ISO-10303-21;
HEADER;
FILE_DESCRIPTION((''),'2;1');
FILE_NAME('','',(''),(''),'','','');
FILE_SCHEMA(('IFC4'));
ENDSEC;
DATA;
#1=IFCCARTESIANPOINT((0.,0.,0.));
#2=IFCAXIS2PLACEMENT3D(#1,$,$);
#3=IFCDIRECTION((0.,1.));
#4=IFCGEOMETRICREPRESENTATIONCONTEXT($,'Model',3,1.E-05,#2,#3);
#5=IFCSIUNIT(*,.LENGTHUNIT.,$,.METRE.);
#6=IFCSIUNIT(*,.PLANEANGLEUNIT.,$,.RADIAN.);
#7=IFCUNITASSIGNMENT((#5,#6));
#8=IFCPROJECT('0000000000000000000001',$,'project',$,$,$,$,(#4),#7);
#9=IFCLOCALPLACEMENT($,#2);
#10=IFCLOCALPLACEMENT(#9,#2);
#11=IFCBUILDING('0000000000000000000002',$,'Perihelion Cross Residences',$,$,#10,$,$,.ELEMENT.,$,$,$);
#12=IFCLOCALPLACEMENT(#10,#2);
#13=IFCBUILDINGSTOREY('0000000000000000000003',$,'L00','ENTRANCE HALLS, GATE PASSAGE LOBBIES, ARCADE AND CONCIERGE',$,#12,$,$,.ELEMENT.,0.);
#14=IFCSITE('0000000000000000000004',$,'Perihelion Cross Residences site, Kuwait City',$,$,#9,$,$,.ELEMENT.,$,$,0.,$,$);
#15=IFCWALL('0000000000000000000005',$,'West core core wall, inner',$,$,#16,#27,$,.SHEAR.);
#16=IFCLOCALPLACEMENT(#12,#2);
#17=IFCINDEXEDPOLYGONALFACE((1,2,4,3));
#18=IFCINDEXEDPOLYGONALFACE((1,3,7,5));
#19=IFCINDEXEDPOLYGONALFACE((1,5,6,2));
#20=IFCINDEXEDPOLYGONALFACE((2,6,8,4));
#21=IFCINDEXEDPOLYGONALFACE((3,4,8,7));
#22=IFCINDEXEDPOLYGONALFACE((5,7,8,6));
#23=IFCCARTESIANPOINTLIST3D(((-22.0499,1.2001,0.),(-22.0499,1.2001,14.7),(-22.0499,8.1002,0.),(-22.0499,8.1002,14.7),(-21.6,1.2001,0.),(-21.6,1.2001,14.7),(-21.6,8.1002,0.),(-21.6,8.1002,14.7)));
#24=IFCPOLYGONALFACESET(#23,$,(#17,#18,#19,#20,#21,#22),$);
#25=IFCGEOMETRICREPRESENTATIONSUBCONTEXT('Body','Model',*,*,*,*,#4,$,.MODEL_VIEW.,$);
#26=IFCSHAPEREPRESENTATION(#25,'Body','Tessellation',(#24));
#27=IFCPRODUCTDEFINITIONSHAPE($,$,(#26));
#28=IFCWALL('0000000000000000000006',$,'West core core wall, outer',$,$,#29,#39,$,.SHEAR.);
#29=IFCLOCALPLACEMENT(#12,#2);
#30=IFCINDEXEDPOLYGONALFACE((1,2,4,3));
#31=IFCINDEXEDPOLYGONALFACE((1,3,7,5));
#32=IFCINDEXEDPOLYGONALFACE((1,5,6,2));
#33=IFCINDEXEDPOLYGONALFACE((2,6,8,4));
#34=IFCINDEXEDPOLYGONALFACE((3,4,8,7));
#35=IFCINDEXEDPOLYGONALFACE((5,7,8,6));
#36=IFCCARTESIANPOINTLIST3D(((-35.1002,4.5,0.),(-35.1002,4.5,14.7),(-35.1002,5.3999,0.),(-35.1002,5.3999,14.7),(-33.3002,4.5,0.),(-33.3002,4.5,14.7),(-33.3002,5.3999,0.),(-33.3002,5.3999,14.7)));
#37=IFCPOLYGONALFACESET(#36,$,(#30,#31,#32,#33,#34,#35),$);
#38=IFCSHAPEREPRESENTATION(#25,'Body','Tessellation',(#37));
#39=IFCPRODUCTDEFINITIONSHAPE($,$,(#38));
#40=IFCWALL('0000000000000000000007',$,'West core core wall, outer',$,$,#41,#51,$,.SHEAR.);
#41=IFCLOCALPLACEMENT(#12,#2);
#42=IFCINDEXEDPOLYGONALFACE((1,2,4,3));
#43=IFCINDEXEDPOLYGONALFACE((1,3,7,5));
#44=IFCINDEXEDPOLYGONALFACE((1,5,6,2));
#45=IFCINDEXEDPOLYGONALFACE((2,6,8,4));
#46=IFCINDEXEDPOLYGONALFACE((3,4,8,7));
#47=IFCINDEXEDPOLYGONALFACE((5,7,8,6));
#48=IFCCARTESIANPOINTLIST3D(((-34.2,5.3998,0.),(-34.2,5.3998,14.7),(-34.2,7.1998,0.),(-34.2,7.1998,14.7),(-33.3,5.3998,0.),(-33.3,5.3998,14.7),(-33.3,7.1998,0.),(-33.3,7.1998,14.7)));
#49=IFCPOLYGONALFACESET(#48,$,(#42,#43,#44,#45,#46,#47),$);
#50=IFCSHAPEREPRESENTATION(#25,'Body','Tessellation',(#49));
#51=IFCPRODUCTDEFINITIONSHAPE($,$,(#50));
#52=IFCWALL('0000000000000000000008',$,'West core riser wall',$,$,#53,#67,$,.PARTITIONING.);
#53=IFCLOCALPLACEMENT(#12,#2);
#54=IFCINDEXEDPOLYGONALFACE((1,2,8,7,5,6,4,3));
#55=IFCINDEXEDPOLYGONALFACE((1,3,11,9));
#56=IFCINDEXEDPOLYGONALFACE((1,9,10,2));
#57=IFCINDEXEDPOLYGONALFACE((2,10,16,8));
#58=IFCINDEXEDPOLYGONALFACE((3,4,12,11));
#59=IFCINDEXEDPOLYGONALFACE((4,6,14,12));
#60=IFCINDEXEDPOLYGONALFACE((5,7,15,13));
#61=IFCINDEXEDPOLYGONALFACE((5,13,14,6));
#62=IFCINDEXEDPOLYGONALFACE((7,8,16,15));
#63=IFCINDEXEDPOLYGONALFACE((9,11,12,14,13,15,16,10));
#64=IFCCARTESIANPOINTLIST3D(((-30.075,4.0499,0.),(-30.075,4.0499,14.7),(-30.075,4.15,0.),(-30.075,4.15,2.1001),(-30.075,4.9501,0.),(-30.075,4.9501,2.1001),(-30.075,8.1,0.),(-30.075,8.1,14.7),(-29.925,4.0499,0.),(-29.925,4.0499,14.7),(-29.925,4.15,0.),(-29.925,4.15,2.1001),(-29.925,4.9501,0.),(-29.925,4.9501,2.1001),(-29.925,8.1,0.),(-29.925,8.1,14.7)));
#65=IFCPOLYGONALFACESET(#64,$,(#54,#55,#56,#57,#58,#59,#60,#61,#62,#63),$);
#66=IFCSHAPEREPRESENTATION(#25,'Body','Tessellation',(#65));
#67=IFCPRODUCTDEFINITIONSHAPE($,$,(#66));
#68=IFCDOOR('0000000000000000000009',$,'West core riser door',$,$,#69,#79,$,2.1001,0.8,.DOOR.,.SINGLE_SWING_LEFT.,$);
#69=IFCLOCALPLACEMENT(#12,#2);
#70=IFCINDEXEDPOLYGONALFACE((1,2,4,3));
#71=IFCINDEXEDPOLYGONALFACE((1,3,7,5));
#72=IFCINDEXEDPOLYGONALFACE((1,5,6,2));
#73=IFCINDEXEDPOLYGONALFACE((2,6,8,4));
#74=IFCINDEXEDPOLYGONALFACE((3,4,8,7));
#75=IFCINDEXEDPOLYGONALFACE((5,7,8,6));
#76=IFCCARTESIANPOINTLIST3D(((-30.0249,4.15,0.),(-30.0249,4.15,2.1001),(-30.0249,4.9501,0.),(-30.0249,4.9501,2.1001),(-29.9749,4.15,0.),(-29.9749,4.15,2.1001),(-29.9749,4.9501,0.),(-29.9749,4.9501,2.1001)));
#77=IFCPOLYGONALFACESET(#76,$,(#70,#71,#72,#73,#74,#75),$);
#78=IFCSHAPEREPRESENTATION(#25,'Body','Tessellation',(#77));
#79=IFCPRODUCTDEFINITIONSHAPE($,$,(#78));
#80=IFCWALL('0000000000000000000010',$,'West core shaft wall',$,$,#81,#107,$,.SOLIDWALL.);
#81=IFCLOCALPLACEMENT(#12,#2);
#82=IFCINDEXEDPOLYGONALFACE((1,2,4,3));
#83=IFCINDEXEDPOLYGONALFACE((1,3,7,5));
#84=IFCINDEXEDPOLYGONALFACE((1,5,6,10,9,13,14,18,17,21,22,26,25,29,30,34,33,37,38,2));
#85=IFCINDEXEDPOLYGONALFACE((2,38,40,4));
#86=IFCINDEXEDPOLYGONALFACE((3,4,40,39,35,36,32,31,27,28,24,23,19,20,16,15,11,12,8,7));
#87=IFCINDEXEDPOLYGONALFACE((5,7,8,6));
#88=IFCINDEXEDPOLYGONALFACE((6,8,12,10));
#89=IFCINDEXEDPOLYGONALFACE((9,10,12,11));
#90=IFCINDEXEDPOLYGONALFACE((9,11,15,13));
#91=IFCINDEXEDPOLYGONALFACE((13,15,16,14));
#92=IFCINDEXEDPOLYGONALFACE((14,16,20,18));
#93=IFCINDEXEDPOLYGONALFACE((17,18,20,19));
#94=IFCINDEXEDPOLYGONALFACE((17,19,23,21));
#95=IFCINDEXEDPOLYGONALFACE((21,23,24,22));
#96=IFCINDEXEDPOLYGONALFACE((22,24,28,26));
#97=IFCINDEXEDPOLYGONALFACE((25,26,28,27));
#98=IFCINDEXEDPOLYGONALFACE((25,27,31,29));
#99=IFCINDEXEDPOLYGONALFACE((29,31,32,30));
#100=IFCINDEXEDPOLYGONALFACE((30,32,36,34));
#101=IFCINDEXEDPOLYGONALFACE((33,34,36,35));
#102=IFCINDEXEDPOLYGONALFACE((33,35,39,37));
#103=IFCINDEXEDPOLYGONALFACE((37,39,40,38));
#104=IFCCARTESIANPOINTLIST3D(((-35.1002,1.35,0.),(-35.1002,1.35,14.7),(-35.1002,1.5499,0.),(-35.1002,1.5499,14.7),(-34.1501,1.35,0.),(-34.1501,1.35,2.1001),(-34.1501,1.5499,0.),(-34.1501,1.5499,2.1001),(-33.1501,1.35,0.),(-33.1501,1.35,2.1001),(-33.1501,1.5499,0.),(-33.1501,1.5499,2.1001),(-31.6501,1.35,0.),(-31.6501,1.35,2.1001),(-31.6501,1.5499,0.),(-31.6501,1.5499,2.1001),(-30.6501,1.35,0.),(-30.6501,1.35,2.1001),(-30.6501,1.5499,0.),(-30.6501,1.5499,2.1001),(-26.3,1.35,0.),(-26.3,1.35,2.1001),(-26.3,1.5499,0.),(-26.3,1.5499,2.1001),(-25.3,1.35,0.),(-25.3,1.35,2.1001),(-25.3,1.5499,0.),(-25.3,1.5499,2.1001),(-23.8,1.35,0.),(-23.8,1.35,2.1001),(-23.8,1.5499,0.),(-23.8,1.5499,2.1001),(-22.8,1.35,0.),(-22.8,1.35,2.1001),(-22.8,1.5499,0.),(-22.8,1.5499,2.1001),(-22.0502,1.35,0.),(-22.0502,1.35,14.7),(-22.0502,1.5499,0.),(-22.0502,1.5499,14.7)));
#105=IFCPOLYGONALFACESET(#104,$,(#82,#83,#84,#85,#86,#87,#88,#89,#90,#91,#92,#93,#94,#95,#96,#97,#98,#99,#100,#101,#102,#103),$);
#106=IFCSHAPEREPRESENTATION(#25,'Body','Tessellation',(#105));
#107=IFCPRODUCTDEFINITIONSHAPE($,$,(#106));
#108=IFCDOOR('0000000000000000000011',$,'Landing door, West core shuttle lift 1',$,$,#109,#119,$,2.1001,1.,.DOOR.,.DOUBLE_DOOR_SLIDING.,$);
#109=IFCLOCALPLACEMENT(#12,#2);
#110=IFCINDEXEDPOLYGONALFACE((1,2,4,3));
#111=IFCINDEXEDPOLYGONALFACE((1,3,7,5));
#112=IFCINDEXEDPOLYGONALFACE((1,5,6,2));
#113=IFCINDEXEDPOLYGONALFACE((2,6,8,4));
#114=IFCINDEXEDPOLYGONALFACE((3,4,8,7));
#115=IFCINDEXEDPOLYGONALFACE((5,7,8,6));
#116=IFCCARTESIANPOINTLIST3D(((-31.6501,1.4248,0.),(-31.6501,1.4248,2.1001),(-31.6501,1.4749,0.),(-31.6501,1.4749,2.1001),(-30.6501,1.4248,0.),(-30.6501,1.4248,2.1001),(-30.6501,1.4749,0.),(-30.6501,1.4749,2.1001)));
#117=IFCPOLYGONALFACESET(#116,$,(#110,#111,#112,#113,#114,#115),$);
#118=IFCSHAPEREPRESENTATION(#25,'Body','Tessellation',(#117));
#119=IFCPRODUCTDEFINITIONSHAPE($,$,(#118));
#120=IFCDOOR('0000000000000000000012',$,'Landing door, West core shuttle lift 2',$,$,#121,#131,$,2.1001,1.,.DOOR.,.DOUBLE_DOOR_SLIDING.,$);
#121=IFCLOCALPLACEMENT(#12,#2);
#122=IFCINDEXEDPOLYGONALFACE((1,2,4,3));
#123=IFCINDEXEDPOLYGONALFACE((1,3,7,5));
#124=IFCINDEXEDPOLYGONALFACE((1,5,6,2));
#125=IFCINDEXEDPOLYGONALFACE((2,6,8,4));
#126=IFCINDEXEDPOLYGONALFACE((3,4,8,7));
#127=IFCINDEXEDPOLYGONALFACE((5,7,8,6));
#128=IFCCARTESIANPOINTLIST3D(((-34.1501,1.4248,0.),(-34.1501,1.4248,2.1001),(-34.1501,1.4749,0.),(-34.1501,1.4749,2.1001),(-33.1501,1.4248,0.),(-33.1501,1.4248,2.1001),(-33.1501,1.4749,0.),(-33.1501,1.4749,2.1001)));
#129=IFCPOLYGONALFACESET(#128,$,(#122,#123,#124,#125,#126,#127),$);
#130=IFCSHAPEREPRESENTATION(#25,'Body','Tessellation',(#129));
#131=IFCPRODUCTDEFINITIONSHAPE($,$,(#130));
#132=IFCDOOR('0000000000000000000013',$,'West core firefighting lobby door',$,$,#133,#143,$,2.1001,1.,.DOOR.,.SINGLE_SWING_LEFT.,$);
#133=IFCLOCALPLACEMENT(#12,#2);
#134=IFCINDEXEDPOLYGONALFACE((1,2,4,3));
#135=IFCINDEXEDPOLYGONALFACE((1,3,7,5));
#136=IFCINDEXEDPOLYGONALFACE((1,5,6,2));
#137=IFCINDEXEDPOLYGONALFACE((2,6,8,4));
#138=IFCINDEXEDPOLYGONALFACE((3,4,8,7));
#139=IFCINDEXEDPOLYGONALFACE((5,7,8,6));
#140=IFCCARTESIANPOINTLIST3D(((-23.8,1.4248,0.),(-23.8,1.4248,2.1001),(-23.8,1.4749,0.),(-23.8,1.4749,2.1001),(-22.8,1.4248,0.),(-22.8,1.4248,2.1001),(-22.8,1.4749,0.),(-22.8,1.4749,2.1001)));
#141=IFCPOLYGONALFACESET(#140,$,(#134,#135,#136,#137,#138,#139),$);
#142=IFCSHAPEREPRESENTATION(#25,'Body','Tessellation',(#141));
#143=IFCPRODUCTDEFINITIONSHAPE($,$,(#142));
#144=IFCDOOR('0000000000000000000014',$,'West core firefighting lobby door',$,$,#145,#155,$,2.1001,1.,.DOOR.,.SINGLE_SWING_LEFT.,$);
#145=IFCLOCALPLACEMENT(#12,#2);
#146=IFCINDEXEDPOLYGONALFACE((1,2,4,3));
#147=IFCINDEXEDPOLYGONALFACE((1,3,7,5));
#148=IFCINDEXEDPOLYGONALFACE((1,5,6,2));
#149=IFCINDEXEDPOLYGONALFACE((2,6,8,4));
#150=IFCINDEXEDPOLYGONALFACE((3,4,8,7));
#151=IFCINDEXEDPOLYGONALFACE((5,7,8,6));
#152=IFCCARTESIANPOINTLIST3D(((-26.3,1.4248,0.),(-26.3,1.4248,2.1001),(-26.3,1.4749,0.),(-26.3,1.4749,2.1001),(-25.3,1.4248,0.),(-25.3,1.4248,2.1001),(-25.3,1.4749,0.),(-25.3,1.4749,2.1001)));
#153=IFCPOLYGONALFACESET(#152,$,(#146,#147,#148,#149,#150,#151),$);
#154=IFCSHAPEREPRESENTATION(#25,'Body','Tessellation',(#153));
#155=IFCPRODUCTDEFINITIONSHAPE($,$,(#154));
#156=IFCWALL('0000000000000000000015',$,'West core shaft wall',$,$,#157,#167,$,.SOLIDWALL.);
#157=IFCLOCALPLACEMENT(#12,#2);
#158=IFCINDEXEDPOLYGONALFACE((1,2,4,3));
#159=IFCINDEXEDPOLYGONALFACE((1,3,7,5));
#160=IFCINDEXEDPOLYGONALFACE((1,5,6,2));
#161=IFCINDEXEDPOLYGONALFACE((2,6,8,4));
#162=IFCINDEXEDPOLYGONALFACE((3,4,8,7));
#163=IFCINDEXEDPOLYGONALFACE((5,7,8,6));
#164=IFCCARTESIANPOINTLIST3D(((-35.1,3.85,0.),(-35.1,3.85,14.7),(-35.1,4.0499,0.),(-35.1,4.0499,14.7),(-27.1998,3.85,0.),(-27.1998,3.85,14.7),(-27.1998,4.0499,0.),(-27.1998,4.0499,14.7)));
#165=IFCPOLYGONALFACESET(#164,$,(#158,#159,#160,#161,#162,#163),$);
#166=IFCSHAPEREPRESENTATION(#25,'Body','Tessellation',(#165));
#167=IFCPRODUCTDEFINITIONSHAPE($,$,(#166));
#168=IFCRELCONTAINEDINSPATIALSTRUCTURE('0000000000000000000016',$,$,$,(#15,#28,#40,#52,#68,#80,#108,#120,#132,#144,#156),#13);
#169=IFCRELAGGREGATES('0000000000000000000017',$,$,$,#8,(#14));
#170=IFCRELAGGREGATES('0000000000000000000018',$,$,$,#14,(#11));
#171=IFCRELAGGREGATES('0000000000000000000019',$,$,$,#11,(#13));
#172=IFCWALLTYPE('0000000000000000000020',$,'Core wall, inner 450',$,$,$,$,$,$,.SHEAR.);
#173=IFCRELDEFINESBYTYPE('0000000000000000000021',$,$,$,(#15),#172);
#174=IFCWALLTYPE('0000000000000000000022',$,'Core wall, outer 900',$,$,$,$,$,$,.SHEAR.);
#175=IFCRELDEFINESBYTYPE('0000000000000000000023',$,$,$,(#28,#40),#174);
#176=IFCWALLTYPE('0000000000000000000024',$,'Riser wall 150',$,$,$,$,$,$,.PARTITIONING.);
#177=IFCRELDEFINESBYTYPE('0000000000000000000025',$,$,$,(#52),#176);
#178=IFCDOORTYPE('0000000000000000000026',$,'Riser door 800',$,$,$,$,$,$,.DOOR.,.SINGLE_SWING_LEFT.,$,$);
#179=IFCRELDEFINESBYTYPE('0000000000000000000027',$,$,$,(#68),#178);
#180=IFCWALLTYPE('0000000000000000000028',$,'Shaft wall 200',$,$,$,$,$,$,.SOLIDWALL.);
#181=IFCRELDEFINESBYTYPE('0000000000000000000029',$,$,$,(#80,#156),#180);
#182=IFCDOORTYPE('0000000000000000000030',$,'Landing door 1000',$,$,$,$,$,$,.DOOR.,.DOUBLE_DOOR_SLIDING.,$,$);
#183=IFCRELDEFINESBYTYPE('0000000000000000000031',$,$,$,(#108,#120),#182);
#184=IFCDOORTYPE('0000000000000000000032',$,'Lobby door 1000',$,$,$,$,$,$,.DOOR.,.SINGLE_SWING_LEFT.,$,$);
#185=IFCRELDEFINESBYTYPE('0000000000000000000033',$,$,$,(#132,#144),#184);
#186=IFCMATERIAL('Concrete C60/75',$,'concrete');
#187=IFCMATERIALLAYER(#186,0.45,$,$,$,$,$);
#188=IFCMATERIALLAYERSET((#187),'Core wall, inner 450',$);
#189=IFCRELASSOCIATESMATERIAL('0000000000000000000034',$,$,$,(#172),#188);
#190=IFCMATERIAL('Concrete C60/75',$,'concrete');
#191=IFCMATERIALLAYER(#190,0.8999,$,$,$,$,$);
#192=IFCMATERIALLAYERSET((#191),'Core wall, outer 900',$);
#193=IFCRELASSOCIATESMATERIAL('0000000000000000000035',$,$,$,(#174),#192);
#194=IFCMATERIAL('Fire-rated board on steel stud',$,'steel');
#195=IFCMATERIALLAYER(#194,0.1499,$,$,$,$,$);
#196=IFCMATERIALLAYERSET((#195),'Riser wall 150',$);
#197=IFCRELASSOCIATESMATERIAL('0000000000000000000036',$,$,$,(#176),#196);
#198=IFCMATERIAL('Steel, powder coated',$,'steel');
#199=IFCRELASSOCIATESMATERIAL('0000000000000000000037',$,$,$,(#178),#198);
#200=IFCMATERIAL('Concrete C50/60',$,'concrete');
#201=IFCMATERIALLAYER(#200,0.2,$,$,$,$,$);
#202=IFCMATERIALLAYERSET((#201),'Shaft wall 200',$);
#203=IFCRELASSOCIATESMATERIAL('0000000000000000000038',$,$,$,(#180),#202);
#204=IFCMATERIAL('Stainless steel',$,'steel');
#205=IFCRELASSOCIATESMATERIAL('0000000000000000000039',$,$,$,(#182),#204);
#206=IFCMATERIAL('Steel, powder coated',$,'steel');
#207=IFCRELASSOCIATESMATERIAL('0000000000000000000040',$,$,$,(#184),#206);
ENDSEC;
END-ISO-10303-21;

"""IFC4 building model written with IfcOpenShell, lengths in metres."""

from ifc_helpers import new_model, si_unit, direction, frame, frame_2d, origin, place, context, subcontext, project, spatial, rectangle, extrude, material, layer, layer_set, type_object, element, fill, save


model = new_model("IFC4")

# Units and contexts
model_context = context("Model", 3, precision=1e-05, world=origin(), true_north=direction((0.0, 1.0)))
body_context = subcontext(model_context, "Body", "Model", "MODEL_VIEW")
ifc_project = project(units=[si_unit("LENGTHUNIT", "METRE"), si_unit("PLANEANGLEUNIT", "RADIAN")], contexts=[model_context])

# Site, building, storey
site_placement = place(None, origin())
site = spatial("IfcSite", under=ifc_project, at=site_placement, Name="Perihelion Cross Residences site, Kuwait City", CompositionType="ELEMENT", RefElevation=0.0)
building_placement = place(site_placement, origin())
building = spatial("IfcBuilding", under=site, at=building_placement, Name="Perihelion Cross Residences", CompositionType="ELEMENT")
storey_placement = place(building_placement, origin())
storey = spatial("IfcBuildingStorey", under=building, at=storey_placement, Name="L00", Description="ENTRANCE HALLS, GATE PASSAGE LOBBIES, ARCADE AND CONCIERGE", CompositionType="ELEMENT", Elevation=0.0)

# Walls
ifc_material_1 = material(Name="Concrete C60/75", Category="concrete")
ifc_layer_1 = layer(ifc_material_1, 0.45)
ifc_layer_set_1 = layer_set([ifc_layer_1], Name="Core wall, inner 450")
wall_type_1 = type_object("IfcWallType", Name="Core wall, inner 450", PredefinedType="SHEAR", material=ifc_layer_set_1)
wall_1_placement = place(storey_placement, frame((-21.825, 1.2, 0.0), z_axis=(0.0, 0.0, 1.0), x_axis=(0.0, 1.0, 0.0)))
element("IfcWall", 1, at=wall_1_placement, inside=storey, type_object=wall_type_1, Name="West core core wall, inner", PredefinedType="SHEAR", context=body_context, shape_type="SweptSolid", body=[
    extrude(rectangle(XDim=6.9001, YDim=0.45, at=frame_2d((3.4502, 0.0))), origin(), (0.0, 0.0, 1.0), 14.7),
])
ifc_material_2 = material(Name="Concrete C60/75", Category="concrete")
ifc_layer_2 = layer(ifc_material_2, 0.8999)
ifc_layer_set_2 = layer_set([ifc_layer_2], Name="Core wall, outer 900")
wall_type_2 = type_object("IfcWallType", Name="Core wall, outer 900", PredefinedType="SHEAR", material=ifc_layer_set_2)
for number, where, z_axis, x_axis, name in (
    (2, (-35.1001, 4.95, 0.0), (0.0, 0.0, 1.0), (1.0, 0.0, 0.0), "West core core wall, outer"),
    (3, (-33.75, 5.3999, 0.0), (0.0, 0.0, 1.0), (0.0, 1.0, 0.0), "West core core wall, outer"),
):
    element("IfcWall", number, at=place(storey_placement, frame(where, z_axis=z_axis, x_axis=x_axis)), inside=storey, type_object=wall_type_2, Name=name, PredefinedType="SHEAR", context=body_context, shape_type="SweptSolid", body=[
        extrude(rectangle(XDim=1.8, YDim=0.8999, at=frame_2d((0.8999, 0.0))), origin(), (0.0, 0.0, 1.0), 14.7),
    ])

# Wall, opening, door
ifc_material_3 = material(Name="Fire-rated board on steel stud", Category="steel")
ifc_layer_3 = layer(ifc_material_3, 0.1499)
ifc_layer_set_3 = layer_set([ifc_layer_3], Name="Riser wall 150")
wall_type_3 = type_object("IfcWallType", Name="Riser wall 150", PredefinedType="PARTITIONING", material=ifc_layer_set_3)
wall_2_placement = place(storey_placement, frame((-30.0, 4.05, 0.0), z_axis=(0.0, 0.0, 1.0), x_axis=(0.0, 1.0, 0.0)))
wall_2 = element("IfcWall", 4, at=wall_2_placement, inside=storey, type_object=wall_type_3, Name="West core riser wall", PredefinedType="PARTITIONING", context=body_context, shape_type="SweptSolid", body=[
    extrude(rectangle(XDim=4.05, YDim=0.1499, at=frame_2d((2.0249, 0.0))), origin(), (0.0, 0.0, 1.0), 14.7),
])
opening_1_placement = place(wall_2_placement, frame((0.1001, 0.0, 0.0)))
opening_1 = element("IfcOpeningElement", 5, at=opening_1_placement, cuts=wall_2, PredefinedType="OPENING", context=body_context, shape_type="SweptSolid", body=[
    extrude(rectangle(XDim=0.8, YDim=2.1001, at=frame_2d((0.3999, 1.05))), frame((0.0, 0.085, 0.0), z_axis=(0.0, -1.0, 0.0), x_axis=(1.0, 0.0, 0.0)), (0.0, 0.0, 1.0), 0.1699),
])
ifc_material_4 = material(Name="Steel, powder coated", Category="steel")
door_type_1 = type_object("IfcDoorType", Name="Riser door 800", OperationType="SINGLE_SWING_LEFT", PredefinedType="DOOR", material=ifc_material_4)
door_1_placement = place(opening_1_placement, origin())
door_1 = element("IfcDoor", 6, at=door_1_placement, inside=storey, type_object=door_type_1, Name="West core riser door", OperationType="SINGLE_SWING_LEFT", OverallHeight=2.1001, OverallWidth=0.8, PredefinedType="DOOR", context=body_context, shape_type="SweptSolid", body=[
    extrude(rectangle(XDim=0.8, YDim=2.1001, at=frame_2d((0.3999, 1.05))), frame((0.0, 0.0249, 0.0), z_axis=(0.0, -1.0, 0.0), x_axis=(1.0, 0.0, 0.0)), (0.0, 0.0, 1.0), 0.05),
])
fill(opening_1, door_1)

# Wall, openings, doors
ifc_material_5 = material(Name="Concrete C50/60", Category="concrete")
ifc_layer_4 = layer(ifc_material_5, 0.2)
ifc_layer_set_4 = layer_set([ifc_layer_4], Name="Shaft wall 200")
wall_type_4 = type_object("IfcWallType", Name="Shaft wall 200", PredefinedType="SOLIDWALL", material=ifc_layer_set_4)
wall_3_placement = place(storey_placement, frame((-35.1001, 1.45, 0.0), z_axis=(0.0, 0.0, 1.0), x_axis=(1.0, 0.0, 0.0)))
wall_3 = element("IfcWall", 7, at=wall_3_placement, inside=storey, type_object=wall_type_4, Name="West core shaft wall", PredefinedType="SOLIDWALL", context=body_context, shape_type="SweptSolid", body=[
    extrude(rectangle(XDim=13.05, YDim=0.2, at=frame_2d((6.5249, 0.0))), origin(), (0.0, 0.0, 1.0), 14.7),
])
opening_2_placement = place(wall_3_placement, frame((3.45, 0.0, 0.0)))
opening_2 = element("IfcOpeningElement", 8, at=opening_2_placement, cuts=wall_3, PredefinedType="OPENING", context=body_context, shape_type="SweptSolid", body=[
    extrude(rectangle(XDim=1.0, YDim=2.1001, at=frame_2d((0.5, 1.05))), frame((0.0, 0.1099, 0.0), z_axis=(0.0, -1.0, 0.0), x_axis=(1.0, 0.0, 0.0)), (0.0, 0.0, 1.0), 0.22),
])
opening_3_placement = place(wall_3_placement, frame((0.95, 0.0, 0.0)))
opening_3 = element("IfcOpeningElement", 9, at=opening_3_placement, cuts=wall_3, PredefinedType="OPENING", context=body_context, shape_type="SweptSolid", body=[
    extrude(rectangle(XDim=1.0, YDim=2.1001, at=frame_2d((0.5, 1.05))), frame((0.0, 0.1099, 0.0), z_axis=(0.0, -1.0, 0.0), x_axis=(1.0, 0.0, 0.0)), (0.0, 0.0, 1.0), 0.22),
])
opening_4_placement = place(wall_3_placement, frame((11.3, 0.0, 0.0)))
opening_4 = element("IfcOpeningElement", 10, at=opening_4_placement, cuts=wall_3, PredefinedType="OPENING", context=body_context, shape_type="SweptSolid", body=[
    extrude(rectangle(XDim=1.0, YDim=2.1001, at=frame_2d((0.5, 1.05))), frame((0.0, 0.1099, 0.0), z_axis=(0.0, -1.0, 0.0), x_axis=(1.0, 0.0, 0.0)), (0.0, 0.0, 1.0), 0.22),
])
opening_5_placement = place(wall_3_placement, frame((8.8, 0.0, 0.0)))
opening_5 = element("IfcOpeningElement", 11, at=opening_5_placement, cuts=wall_3, PredefinedType="OPENING", context=body_context, shape_type="SweptSolid", body=[
    extrude(rectangle(XDim=1.0, YDim=2.1001, at=frame_2d((0.5, 1.05))), frame((0.0, 0.1099, 0.0), z_axis=(0.0, -1.0, 0.0), x_axis=(1.0, 0.0, 0.0)), (0.0, 0.0, 1.0), 0.22),
])
ifc_material_6 = material(Name="Stainless steel", Category="steel")
door_type_2 = type_object("IfcDoorType", Name="Landing door 1000", OperationType="DOUBLE_DOOR_SLIDING", PredefinedType="DOOR", material=ifc_material_6)
door_2_placement = place(opening_2_placement, origin())
door_2 = element("IfcDoor", 12, at=door_2_placement, inside=storey, type_object=door_type_2, Name="Landing door, West core shuttle lift 1", OperationType="DOUBLE_DOOR_SLIDING", OverallHeight=2.1001, OverallWidth=1.0, PredefinedType="DOOR", context=body_context, shape_type="SweptSolid", body=[
    extrude(rectangle(XDim=1.0, YDim=2.1001, at=frame_2d((0.5, 1.05))), frame((0.0, 0.0249, 0.0), z_axis=(0.0, -1.0, 0.0), x_axis=(1.0, 0.0, 0.0)), (0.0, 0.0, 1.0), 0.05),
])
fill(opening_2, door_2)
door_3_placement = place(opening_3_placement, origin())
door_3 = element("IfcDoor", 13, at=door_3_placement, inside=storey, type_object=door_type_2, Name="Landing door, West core shuttle lift 2", OperationType="DOUBLE_DOOR_SLIDING", OverallHeight=2.1001, OverallWidth=1.0, PredefinedType="DOOR", context=body_context, shape_type="SweptSolid", body=[
    extrude(rectangle(XDim=1.0, YDim=2.1001, at=frame_2d((0.5, 1.05))), frame((0.0, 0.0249, 0.0), z_axis=(0.0, -1.0, 0.0), x_axis=(1.0, 0.0, 0.0)), (0.0, 0.0, 1.0), 0.05),
])
fill(opening_3, door_3)
ifc_material_7 = material(Name="Steel, powder coated", Category="steel")
door_type_3 = type_object("IfcDoorType", Name="Lobby door 1000", OperationType="SINGLE_SWING_LEFT", PredefinedType="DOOR", material=ifc_material_7)
door_4_placement = place(opening_4_placement, origin())
door_4 = element("IfcDoor", 14, at=door_4_placement, inside=storey, type_object=door_type_3, Name="West core firefighting lobby door", OperationType="SINGLE_SWING_LEFT", OverallHeight=2.1001, OverallWidth=1.0, PredefinedType="DOOR", context=body_context, shape_type="SweptSolid", body=[
    extrude(rectangle(XDim=1.0, YDim=2.1001, at=frame_2d((0.5, 1.05))), frame((0.0, 0.0249, 0.0), z_axis=(0.0, -1.0, 0.0), x_axis=(1.0, 0.0, 0.0)), (0.0, 0.0, 1.0), 0.05),
])
fill(opening_4, door_4)
door_5_placement = place(opening_5_placement, origin())
door_5 = element("IfcDoor", 15, at=door_5_placement, inside=storey, type_object=door_type_3, Name="West core firefighting lobby door", OperationType="SINGLE_SWING_LEFT", OverallHeight=2.1001, OverallWidth=1.0, PredefinedType="DOOR", context=body_context, shape_type="SweptSolid", body=[
    extrude(rectangle(XDim=1.0, YDim=2.1001, at=frame_2d((0.5, 1.05))), frame((0.0, 0.0249, 0.0), z_axis=(0.0, -1.0, 0.0), x_axis=(1.0, 0.0, 0.0)), (0.0, 0.0, 1.0), 0.05),
])
fill(opening_5, door_5)

# Wall
wall_4_placement = place(storey_placement, frame((-35.1001, 3.95, 0.0), z_axis=(0.0, 0.0, 1.0), x_axis=(1.0, 0.0, 0.0)))
element("IfcWall", 16, at=wall_4_placement, inside=storey, type_object=wall_type_4, Name="West core shaft wall", PredefinedType="SOLIDWALL", context=body_context, shape_type="SweptSolid", body=[
    extrude(rectangle(XDim=7.9001, YDim=0.2, at=frame_2d((3.9502, 0.0))), origin(), (0.0, 0.0, 1.0), 14.7),
])

save(model, "model.ifc")
